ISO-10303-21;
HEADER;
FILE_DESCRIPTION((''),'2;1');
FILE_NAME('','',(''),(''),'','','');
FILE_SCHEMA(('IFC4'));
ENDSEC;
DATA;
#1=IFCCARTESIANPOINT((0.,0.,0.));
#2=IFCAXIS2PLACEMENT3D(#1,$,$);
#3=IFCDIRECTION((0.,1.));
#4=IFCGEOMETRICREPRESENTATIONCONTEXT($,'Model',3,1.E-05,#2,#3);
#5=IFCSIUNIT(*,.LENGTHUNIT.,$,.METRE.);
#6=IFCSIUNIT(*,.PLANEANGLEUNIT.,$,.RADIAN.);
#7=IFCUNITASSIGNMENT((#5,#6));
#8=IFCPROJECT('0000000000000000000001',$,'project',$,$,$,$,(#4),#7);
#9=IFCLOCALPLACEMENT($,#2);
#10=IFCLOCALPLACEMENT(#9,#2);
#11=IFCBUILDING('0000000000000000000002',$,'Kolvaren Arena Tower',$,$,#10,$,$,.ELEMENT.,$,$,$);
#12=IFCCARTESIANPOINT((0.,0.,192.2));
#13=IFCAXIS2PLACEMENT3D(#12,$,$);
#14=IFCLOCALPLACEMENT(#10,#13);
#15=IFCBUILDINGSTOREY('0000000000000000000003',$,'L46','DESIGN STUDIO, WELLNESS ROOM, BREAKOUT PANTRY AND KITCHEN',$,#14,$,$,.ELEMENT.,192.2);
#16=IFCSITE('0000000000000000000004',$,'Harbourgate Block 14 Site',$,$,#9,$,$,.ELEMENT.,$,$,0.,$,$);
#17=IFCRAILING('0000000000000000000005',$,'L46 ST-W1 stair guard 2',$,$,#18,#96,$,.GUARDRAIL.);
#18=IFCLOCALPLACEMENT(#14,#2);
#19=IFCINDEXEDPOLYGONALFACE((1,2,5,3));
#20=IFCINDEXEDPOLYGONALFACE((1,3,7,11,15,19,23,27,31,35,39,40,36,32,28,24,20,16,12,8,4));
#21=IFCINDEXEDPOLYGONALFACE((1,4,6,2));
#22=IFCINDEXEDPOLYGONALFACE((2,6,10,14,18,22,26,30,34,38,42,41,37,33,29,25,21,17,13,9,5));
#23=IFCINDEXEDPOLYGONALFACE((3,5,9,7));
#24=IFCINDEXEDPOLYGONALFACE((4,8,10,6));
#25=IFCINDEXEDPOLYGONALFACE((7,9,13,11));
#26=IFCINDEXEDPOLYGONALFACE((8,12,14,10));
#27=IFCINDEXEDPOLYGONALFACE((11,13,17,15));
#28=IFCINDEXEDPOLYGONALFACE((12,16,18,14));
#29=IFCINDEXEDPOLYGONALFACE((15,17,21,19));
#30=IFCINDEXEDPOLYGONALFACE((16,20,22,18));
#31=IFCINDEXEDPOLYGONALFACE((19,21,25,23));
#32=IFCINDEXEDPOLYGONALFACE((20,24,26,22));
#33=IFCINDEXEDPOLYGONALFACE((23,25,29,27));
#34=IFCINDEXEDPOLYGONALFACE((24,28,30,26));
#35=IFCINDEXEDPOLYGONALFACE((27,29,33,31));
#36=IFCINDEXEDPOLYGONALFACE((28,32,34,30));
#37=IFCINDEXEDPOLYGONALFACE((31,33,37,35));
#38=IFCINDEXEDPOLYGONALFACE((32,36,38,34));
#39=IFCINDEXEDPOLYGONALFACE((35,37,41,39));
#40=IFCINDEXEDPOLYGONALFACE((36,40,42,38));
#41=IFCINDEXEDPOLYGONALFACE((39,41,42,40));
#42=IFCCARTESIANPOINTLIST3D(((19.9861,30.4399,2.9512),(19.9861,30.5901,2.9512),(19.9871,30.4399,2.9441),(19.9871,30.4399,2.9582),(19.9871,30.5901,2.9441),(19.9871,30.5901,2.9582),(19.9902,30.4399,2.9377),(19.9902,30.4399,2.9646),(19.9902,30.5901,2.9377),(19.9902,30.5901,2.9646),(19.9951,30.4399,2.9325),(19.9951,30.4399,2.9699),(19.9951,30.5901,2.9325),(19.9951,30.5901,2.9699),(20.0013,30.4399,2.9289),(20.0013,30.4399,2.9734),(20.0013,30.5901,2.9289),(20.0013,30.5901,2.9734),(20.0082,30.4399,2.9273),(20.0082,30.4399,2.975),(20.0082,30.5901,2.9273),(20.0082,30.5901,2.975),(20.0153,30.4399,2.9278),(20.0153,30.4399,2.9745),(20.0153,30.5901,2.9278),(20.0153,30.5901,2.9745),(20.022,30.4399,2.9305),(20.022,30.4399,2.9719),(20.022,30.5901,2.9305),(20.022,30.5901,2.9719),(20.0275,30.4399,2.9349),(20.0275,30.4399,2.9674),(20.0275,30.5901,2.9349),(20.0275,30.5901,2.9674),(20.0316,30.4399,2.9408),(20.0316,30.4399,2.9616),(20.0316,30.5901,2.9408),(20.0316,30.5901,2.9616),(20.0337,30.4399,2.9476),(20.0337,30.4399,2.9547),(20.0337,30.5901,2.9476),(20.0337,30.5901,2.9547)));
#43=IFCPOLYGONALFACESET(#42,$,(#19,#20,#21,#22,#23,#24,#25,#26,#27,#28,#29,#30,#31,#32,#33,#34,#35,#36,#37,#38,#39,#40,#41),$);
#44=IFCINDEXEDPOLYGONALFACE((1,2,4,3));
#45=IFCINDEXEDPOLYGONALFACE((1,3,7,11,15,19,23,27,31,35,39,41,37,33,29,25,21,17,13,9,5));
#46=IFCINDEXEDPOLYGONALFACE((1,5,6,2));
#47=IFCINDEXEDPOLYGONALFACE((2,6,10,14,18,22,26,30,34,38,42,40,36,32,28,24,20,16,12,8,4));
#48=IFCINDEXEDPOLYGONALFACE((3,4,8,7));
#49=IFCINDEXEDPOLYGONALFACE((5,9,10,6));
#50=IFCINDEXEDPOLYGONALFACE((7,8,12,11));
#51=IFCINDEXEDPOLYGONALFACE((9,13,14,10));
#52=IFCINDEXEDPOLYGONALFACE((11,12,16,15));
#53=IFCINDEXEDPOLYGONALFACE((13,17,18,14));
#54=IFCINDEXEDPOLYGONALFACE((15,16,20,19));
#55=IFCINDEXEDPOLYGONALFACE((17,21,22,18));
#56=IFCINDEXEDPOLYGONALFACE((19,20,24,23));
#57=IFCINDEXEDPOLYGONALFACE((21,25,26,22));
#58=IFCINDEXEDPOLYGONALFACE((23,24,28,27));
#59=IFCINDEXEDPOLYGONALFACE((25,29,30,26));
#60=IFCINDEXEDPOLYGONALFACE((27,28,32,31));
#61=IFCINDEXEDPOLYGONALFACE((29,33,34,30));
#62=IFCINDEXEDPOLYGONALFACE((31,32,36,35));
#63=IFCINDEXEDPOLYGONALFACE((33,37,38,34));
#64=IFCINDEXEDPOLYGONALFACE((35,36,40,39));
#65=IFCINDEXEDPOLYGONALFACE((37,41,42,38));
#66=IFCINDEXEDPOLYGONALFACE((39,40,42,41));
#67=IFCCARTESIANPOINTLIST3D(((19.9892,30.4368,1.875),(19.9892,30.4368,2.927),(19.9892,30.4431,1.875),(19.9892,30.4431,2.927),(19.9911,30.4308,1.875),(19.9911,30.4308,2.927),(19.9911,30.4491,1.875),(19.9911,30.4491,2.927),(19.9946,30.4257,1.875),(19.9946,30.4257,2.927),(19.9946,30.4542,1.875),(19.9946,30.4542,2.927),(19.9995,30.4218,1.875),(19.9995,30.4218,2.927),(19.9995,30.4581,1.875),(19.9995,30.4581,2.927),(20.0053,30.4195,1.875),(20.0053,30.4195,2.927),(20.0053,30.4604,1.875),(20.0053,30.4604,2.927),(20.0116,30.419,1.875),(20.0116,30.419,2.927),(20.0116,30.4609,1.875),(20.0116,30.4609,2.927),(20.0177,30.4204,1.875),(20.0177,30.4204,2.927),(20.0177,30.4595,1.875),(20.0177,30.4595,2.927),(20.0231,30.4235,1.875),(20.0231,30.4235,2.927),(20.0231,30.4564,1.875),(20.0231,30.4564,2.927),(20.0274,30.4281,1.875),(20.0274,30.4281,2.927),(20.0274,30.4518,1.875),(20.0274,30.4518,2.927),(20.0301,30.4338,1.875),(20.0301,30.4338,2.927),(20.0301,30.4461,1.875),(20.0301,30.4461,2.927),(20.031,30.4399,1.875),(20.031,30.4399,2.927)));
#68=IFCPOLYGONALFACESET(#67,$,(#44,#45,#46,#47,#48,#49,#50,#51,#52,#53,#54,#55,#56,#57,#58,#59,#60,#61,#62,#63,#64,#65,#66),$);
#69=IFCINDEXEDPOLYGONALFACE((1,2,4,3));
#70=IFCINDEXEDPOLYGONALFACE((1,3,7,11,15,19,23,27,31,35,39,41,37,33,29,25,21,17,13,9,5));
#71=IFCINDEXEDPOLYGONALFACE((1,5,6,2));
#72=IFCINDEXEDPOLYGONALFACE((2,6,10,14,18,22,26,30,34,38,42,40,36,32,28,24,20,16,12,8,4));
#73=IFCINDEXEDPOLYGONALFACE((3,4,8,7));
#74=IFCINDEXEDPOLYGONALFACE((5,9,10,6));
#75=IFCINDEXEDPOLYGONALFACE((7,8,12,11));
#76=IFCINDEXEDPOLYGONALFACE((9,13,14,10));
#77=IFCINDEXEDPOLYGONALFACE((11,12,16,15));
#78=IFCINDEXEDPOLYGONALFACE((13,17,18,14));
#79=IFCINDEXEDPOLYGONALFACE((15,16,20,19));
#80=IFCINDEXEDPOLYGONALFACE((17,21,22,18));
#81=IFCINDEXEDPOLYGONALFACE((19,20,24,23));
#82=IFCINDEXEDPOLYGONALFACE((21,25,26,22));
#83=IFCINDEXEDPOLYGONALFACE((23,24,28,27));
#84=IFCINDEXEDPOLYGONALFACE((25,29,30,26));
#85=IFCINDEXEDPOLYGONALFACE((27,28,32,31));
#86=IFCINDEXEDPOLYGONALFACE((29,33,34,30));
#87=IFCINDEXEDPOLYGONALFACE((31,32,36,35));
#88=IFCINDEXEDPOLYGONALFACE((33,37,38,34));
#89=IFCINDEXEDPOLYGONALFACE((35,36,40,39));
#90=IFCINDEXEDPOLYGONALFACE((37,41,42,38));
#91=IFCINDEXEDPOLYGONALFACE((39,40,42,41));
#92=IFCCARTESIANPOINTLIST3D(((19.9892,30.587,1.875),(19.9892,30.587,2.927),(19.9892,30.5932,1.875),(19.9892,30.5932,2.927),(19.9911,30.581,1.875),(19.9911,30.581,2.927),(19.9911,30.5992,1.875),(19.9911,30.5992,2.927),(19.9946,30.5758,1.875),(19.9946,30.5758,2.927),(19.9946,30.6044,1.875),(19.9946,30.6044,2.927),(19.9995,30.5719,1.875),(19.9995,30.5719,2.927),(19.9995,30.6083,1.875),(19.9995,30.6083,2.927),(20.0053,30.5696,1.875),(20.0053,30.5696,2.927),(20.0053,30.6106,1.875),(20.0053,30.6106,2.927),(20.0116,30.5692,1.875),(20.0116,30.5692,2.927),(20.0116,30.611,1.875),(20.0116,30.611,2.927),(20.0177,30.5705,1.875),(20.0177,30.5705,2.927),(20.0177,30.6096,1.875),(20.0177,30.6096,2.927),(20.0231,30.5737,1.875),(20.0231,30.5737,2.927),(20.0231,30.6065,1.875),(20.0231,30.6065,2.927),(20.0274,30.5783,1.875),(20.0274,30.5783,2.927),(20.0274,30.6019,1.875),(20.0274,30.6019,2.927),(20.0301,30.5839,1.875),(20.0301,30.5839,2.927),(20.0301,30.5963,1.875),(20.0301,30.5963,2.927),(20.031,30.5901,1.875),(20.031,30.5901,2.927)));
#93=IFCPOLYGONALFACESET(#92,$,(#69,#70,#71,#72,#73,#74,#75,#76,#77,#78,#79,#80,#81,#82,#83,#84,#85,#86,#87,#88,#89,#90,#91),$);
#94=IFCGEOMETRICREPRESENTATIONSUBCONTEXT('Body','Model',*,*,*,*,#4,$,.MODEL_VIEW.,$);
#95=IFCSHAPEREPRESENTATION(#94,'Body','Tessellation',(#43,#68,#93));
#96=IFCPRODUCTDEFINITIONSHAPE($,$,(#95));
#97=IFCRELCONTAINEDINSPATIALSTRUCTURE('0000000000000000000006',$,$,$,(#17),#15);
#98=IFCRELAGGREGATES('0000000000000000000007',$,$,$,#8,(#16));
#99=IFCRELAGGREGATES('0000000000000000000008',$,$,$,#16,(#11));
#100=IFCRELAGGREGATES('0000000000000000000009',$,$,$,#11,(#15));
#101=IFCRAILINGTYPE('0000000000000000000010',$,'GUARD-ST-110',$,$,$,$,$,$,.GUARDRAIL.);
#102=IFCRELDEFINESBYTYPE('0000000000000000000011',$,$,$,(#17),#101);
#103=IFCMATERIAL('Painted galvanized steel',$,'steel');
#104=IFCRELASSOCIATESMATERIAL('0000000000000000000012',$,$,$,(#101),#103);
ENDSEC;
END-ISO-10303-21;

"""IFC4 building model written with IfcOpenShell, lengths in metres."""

from ifc_helpers import new_model, si_unit, direction, frame, origin, origin_2d, place, context, subcontext, project, spatial, circle, extrude, material, type_object, element, save


model = new_model("IFC4")

# Units and contexts
model_context = context("Model", 3, precision=1e-05, world=origin(), true_north=direction((0.0, 1.0)))
body_context = subcontext(model_context, "Body", "Model", "MODEL_VIEW")
ifc_project = project(units=[si_unit("LENGTHUNIT", "METRE"), si_unit("PLANEANGLEUNIT", "RADIAN")], contexts=[model_context])

# Site, building, storey
site_placement = place(None, origin())
site = spatial("IfcSite", under=ifc_project, at=site_placement, Name="Harbourgate Block 14 Site", CompositionType="ELEMENT", RefElevation=0.0)
building_placement = place(site_placement, origin())
building = spatial("IfcBuilding", under=site, at=building_placement, Name="Kolvaren Arena Tower", CompositionType="ELEMENT")
storey_placement = place(building_placement, frame((0.0, 0.0, 192.2)))
storey = spatial("IfcBuildingStorey", under=building, at=storey_placement, Name="L46", Description="DESIGN STUDIO, WELLNESS ROOM, BREAKOUT PANTRY AND KITCHEN", CompositionType="ELEMENT", Elevation=192.2)

# Railing
ifc_material_1 = material(Name="Painted galvanized steel", Category="steel")
railing_type_1 = type_object("IfcRailingType", Name="GUARD-ST-110", PredefinedType="GUARDRAIL", material=ifc_material_1)
railing_1_placement = place(storey_placement, frame((20.01, 30.4399, 1.875)))
element("IfcRailing", 1, at=railing_1_placement, inside=storey, type_object=railing_type_1, Name="L46 ST-W1 stair guard 2", PredefinedType="GUARDRAIL", context=body_context, shape_type="SweptSolid", body=[
    extrude(circle(Radius=0.0239, at=origin_2d()), frame((0.0, 0.0, 1.0762), z_axis=(0.0, 1.0, 0.0), x_axis=(-1.0, 0.0, 0.0)), (0.0, 0.0, 1.0), 0.1501),
    extrude(circle(Radius=0.021, at=origin_2d()), origin(), (0.0, 0.0, 1.0), 1.052),
    extrude(circle(Radius=0.021, at=origin_2d()), frame((0.0, 0.1501, 0.0)), (0.0, 0.0, 1.0), 1.052),
])

save(model, "model.ifc")
